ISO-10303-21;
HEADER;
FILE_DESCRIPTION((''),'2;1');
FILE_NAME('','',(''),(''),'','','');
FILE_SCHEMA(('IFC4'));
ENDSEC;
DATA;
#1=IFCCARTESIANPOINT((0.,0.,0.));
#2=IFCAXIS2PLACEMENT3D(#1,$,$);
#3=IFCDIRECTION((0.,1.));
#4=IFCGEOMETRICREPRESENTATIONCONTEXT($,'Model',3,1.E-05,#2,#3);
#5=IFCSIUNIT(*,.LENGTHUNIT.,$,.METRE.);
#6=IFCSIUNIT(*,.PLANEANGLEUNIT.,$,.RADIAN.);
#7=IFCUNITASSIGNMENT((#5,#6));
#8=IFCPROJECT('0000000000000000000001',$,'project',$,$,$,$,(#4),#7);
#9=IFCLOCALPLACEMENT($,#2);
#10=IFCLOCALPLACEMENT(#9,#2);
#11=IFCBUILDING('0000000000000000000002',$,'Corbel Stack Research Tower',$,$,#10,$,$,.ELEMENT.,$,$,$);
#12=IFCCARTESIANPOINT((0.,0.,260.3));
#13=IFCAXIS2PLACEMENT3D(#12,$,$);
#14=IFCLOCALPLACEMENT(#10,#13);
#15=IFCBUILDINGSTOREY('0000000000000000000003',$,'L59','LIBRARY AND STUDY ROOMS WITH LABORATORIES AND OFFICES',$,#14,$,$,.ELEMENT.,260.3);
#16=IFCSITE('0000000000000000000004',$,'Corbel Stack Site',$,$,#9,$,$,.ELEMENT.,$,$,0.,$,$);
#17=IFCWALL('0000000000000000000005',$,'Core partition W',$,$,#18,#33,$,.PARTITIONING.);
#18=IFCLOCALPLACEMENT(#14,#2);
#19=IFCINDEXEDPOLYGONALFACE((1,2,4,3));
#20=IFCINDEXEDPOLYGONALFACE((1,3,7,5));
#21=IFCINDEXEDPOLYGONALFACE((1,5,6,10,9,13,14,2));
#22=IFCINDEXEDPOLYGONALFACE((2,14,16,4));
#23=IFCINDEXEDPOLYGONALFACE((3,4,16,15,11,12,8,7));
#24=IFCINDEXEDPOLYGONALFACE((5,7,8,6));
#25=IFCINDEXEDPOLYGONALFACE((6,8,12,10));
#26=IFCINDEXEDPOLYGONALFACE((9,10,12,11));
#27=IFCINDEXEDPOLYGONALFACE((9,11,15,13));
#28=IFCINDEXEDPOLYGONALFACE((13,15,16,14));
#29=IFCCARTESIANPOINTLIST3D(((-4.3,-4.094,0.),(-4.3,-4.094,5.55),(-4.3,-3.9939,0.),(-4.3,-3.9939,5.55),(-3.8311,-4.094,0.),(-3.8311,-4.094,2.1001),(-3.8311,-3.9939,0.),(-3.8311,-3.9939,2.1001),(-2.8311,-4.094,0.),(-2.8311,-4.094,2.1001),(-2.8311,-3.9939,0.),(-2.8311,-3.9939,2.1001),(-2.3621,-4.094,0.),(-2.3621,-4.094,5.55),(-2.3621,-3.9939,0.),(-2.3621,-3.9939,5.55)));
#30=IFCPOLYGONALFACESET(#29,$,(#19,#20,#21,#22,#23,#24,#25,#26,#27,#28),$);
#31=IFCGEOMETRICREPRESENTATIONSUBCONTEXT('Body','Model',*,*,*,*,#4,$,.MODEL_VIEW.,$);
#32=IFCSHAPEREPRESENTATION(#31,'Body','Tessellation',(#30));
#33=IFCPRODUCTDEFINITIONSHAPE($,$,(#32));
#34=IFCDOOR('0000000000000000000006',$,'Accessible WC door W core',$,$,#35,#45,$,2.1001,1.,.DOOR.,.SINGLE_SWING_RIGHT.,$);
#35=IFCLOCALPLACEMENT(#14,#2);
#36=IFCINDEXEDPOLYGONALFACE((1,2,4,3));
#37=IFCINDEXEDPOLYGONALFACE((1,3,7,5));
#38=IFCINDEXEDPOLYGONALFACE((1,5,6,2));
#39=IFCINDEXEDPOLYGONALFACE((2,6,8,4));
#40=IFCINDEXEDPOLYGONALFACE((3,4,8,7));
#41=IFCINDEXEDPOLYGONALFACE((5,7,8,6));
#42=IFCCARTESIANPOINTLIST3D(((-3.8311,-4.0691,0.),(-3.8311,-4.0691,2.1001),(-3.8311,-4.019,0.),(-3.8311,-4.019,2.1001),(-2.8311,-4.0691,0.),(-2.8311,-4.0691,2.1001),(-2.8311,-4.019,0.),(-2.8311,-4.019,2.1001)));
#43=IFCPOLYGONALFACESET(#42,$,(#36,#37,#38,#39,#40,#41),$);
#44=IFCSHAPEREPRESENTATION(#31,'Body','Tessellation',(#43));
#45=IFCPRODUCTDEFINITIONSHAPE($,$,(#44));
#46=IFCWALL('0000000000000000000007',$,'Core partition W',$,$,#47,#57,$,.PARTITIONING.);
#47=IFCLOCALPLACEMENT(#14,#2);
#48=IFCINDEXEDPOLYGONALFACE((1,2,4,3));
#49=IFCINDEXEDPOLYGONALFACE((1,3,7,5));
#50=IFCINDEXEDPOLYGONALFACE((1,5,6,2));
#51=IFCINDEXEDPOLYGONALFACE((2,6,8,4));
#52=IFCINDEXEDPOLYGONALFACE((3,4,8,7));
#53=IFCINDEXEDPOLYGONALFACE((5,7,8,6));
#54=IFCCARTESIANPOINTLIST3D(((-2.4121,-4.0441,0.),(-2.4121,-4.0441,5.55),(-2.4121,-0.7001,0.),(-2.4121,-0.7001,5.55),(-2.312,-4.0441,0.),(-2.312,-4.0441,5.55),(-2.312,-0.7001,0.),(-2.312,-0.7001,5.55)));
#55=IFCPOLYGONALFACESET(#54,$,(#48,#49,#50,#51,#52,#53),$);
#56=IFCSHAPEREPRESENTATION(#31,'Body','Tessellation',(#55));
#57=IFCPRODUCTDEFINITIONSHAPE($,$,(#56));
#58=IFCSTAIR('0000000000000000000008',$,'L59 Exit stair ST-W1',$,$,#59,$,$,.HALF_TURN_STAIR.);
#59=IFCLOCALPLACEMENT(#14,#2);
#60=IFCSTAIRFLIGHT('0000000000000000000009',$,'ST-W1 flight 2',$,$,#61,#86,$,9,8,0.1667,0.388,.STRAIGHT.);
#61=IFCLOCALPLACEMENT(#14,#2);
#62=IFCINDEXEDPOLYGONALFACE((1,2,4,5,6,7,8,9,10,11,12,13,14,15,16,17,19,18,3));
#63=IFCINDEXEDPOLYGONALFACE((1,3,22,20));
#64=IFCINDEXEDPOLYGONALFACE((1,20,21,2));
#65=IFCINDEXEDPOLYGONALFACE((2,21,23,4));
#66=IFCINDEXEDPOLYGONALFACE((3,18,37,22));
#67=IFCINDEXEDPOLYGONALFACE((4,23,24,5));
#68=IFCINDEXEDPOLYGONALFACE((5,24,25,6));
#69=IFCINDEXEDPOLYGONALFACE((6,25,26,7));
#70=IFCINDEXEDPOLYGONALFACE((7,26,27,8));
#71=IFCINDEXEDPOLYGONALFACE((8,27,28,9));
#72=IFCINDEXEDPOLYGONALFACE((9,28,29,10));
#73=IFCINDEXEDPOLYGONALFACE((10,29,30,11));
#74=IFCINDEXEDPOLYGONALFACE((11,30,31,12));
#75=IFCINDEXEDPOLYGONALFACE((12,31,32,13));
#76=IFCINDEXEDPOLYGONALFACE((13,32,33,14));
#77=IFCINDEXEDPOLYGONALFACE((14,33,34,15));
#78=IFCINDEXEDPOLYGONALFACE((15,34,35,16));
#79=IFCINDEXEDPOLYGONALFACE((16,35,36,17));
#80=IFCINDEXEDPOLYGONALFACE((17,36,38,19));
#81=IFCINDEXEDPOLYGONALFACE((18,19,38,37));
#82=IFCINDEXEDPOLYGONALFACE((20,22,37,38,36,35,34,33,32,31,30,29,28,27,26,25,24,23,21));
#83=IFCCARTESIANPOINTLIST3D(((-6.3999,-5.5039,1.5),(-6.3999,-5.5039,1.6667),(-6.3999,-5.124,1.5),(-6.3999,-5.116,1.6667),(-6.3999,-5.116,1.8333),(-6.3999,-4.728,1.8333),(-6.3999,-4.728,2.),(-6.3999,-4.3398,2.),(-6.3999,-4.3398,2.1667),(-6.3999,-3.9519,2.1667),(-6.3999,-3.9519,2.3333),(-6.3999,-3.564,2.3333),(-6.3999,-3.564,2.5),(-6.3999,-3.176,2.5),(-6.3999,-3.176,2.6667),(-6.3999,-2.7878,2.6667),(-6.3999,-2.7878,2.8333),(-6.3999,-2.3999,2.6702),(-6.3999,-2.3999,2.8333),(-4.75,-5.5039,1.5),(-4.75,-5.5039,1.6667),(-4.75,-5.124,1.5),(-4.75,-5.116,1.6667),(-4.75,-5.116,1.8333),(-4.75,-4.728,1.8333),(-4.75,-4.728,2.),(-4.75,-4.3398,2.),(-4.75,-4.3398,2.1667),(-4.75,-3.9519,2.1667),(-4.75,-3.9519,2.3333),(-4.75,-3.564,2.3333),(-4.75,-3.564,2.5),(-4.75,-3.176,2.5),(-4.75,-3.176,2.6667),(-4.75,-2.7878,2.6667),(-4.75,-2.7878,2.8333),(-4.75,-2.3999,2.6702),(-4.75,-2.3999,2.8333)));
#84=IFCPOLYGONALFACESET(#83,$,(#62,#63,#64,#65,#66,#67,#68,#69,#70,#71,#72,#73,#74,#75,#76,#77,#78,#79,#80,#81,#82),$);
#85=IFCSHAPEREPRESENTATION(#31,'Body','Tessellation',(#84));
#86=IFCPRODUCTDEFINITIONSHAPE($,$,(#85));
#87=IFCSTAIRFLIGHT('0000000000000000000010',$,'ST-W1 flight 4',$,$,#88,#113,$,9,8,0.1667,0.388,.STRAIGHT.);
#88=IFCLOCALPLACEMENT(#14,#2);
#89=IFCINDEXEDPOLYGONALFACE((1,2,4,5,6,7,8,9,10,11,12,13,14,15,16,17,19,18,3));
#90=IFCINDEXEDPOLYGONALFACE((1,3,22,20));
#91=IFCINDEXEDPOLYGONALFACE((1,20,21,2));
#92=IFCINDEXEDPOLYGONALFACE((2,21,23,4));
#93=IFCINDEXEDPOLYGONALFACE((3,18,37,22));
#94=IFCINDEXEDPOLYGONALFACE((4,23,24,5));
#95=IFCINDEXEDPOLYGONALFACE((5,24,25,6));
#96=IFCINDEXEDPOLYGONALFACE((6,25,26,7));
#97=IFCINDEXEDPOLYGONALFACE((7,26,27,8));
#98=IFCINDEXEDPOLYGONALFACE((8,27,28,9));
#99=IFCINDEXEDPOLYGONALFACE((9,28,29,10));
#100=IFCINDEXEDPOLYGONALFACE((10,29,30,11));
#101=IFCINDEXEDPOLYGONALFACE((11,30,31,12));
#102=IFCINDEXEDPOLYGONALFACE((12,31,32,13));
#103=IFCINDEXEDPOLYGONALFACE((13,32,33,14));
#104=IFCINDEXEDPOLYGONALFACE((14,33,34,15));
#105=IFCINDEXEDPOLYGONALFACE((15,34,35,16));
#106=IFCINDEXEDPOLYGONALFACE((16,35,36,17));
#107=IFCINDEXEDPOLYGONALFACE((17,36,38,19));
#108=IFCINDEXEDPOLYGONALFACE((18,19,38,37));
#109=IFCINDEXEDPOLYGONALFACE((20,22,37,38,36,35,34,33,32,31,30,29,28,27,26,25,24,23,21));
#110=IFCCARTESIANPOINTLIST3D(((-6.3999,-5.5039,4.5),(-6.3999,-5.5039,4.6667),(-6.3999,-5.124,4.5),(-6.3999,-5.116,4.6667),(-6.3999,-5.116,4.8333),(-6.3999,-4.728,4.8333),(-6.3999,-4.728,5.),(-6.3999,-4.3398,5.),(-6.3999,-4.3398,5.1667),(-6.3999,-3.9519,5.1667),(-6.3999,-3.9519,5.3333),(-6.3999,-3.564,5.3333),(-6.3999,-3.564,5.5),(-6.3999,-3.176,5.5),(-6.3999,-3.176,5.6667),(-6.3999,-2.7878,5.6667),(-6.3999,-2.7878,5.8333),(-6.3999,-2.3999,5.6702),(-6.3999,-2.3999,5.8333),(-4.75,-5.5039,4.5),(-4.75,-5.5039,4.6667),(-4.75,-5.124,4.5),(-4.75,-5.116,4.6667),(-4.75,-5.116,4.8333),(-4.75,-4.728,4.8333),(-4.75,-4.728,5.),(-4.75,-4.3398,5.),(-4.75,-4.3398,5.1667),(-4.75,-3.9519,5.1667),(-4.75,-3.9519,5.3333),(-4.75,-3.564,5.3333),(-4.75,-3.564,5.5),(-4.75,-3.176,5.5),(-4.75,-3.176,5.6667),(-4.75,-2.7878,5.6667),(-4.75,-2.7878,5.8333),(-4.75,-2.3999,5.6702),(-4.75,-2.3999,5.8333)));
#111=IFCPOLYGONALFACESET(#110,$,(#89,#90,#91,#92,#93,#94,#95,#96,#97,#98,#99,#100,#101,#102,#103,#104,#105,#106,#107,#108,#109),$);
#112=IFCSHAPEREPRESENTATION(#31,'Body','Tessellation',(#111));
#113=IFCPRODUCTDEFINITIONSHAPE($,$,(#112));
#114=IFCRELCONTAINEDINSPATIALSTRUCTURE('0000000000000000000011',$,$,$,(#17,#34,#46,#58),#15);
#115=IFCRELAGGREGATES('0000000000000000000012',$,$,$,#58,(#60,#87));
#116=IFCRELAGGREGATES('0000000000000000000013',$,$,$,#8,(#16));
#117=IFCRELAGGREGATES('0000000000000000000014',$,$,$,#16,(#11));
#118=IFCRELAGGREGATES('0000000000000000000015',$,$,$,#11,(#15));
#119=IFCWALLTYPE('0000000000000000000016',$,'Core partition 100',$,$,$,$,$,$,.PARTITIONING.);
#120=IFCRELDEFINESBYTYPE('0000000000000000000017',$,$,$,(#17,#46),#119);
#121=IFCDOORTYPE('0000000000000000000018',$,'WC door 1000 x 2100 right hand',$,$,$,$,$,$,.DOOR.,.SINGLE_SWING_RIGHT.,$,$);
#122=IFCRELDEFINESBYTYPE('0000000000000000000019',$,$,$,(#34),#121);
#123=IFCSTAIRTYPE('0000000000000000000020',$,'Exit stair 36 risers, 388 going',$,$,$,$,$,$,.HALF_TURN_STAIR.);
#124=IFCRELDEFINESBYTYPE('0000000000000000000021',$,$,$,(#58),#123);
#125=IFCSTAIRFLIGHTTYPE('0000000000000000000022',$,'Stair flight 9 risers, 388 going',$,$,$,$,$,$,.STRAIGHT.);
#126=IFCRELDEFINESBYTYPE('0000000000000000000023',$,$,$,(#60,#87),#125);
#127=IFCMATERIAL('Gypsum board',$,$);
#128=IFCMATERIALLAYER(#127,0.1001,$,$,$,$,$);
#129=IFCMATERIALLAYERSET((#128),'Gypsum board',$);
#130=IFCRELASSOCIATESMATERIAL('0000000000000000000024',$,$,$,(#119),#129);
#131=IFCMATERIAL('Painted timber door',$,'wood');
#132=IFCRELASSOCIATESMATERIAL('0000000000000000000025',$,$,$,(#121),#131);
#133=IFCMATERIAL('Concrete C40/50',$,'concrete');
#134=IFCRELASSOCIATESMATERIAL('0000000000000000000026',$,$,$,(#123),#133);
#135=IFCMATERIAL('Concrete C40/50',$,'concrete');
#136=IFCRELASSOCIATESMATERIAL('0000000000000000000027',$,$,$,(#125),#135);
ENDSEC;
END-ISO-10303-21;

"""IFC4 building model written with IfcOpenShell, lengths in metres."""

from ifc_helpers import new_model, si_unit, direction, frame, frame_2d, origin, place, context, subcontext, project, spatial, polyline, rectangle, outline, extrude, material, layer, layer_set, type_object, element, fill, aggregate, save


model = new_model("IFC4")

# Units and contexts
model_context = context("Model", 3, precision=1e-05, world=origin(), true_north=direction((0.0, 1.0)))
body_context = subcontext(model_context, "Body", "Model", "MODEL_VIEW")
ifc_project = project(units=[si_unit("LENGTHUNIT", "METRE"), si_unit("PLANEANGLEUNIT", "RADIAN")], contexts=[model_context])

# Site, building, storey
site_placement = place(None, origin())
site = spatial("IfcSite", under=ifc_project, at=site_placement, Name="Corbel Stack Site", CompositionType="ELEMENT", RefElevation=0.0)
building_placement = place(site_placement, origin())
building = spatial("IfcBuilding", under=site, at=building_placement, Name="Corbel Stack Research Tower", CompositionType="ELEMENT")
storey_placement = place(building_placement, frame((0.0, 0.0, 260.3)))
storey = spatial("IfcBuildingStorey", under=building, at=storey_placement, Name="L59", Description="LIBRARY AND STUDY ROOMS WITH LABORATORIES AND OFFICES", CompositionType="ELEMENT", Elevation=260.3)

# Wall, opening, door
ifc_material_1 = material(Name="Gypsum board")
ifc_layer_1 = layer(ifc_material_1, 0.1001)
ifc_layer_set_1 = layer_set([ifc_layer_1], Name="Gypsum board")
wall_type_1 = type_object("IfcWallType", Name="Core partition 100", PredefinedType="PARTITIONING", material=ifc_layer_set_1)
ifc_material_2 = material(Name="Painted timber door", Category="wood")
door_type_1 = type_object("IfcDoorType", Name="WC door 1000 x 2100 right hand", OperationType="SINGLE_SWING_RIGHT", PredefinedType="DOOR", material=ifc_material_2)
wall_1_placement = place(storey_placement, frame((-4.3, -4.0439, 0.0), z_axis=(0.0, 0.0, 1.0), x_axis=(1.0, 0.0, 0.0)))
wall_1 = element("IfcWall", 1, at=wall_1_placement, inside=storey, type_object=wall_type_1, Name="Core partition W", PredefinedType="PARTITIONING", context=body_context, shape_type="SweptSolid", body=[
    extrude(rectangle(XDim=1.938, YDim=0.1001, at=frame_2d((0.969, 0.0))), origin(), (0.0, 0.0, 1.0), 5.55),
])
opening_1_placement = place(wall_1_placement, frame((0.469, 0.0, 0.0)))
opening_1 = element("IfcOpeningElement", 2, at=opening_1_placement, cuts=wall_1, PredefinedType="OPENING", context=body_context, shape_type="SweptSolid", body=[
    extrude(rectangle(XDim=1.0, YDim=2.1001, at=frame_2d((0.5, 1.05))), frame((0.0, 0.0601, 0.0), z_axis=(0.0, -1.0, 0.0), x_axis=(1.0, 0.0, 0.0)), (0.0, 0.0, 1.0), 0.1201),
])
door_1_placement = place(opening_1_placement, origin())
door_1 = element("IfcDoor", 3, at=door_1_placement, inside=storey, type_object=door_type_1, Name="Accessible WC door W core", OperationType="SINGLE_SWING_RIGHT", OverallHeight=2.1001, OverallWidth=1.0, PredefinedType="DOOR", context=body_context, shape_type="SweptSolid", body=[
    extrude(rectangle(XDim=1.0, YDim=2.1001, at=frame_2d((0.5, 1.05))), frame((0.0, 0.0249, 0.0), z_axis=(0.0, -1.0, 0.0), x_axis=(1.0, 0.0, 0.0)), (0.0, 0.0, 1.0), 0.05),
])
fill(opening_1, door_1)

# Wall
wall_2_placement = place(storey_placement, frame((-2.3621, -4.0439, 0.0), z_axis=(0.0, 0.0, 1.0), x_axis=(0.0, 1.0, 0.0)))
element("IfcWall", 4, at=wall_2_placement, inside=storey, type_object=wall_type_1, Name="Core partition W", PredefinedType="PARTITIONING", context=body_context, shape_type="SweptSolid", body=[
    extrude(rectangle(XDim=3.344, YDim=0.1001, at=frame_2d((1.6719, 0.0))), origin(), (0.0, 0.0, 1.0), 5.55),
])

# Stair, stair flights
ifc_material_3 = material(Name="Concrete C40/50", Category="concrete")
stair_type = type_object("IfcStairType", Name="Exit stair 36 risers, 388 going", PredefinedType="HALF_TURN_STAIR", material=ifc_material_3)
stair_placement = place(storey_placement, origin())
stair = element("IfcStair", 5, at=stair_placement, inside=storey, type_object=stair_type, Name="L59 Exit stair ST-W1", PredefinedType="HALF_TURN_STAIR")
ifc_material_4 = material(Name="Concrete C40/50", Category="concrete")
stair_flight_type = type_object("IfcStairFlightType", Name="Stair flight 9 risers, 388 going", PredefinedType="STRAIGHT", material=ifc_material_4)
stair_flight_1_placement = place(storey_placement, frame((-5.575, -5.5039, 1.5), z_axis=(0.0, 0.0, 1.0), x_axis=(0.0, 1.0, 0.0)))
stair_flight_1 = element("IfcStairFlight", 6, at=stair_flight_1_placement, type_object=stair_flight_type, Name="ST-W1 flight 2", NumberOfRisers=9, NumberOfTreads=8, PredefinedType="STRAIGHT", RiserHeight=0.1667, TreadLength=0.388, context=body_context, shape_type="SweptSolid", body=[
    extrude(outline(polyline([(0.0, 0.0), (0.0, 0.1667), (0.3879, 0.1667), (0.3879, 0.3333), (0.7759, 0.3333), (0.7759, 0.5), (1.1641, 0.5), (1.1641, 0.6667), (1.552, 0.6667), (1.552, 0.8333), (1.9399, 0.8333), (1.9399, 1.0), (2.3279, 1.0), (2.3279, 1.1667), (2.7161, 1.1667), (2.7161, 1.3333), (3.104, 1.3333), (3.104, 1.5), (3.104, 1.1702), (0.3799, 0.0), (0.0, 0.0)])), frame((0.0, 0.825, 0.0), z_axis=(0.0, -1.0, 0.0), x_axis=(1.0, 0.0, 0.0)), (0.0, 0.0, 1.0), 1.6499),
])
stair_flight_2_placement = place(storey_placement, frame((-5.575, -5.5039, 4.5), z_axis=(0.0, 0.0, 1.0), x_axis=(0.0, 1.0, 0.0)))
stair_flight_2 = element("IfcStairFlight", 7, at=stair_flight_2_placement, type_object=stair_flight_type, Name="ST-W1 flight 4", NumberOfRisers=9, NumberOfTreads=8, PredefinedType="STRAIGHT", RiserHeight=0.1667, TreadLength=0.388, context=body_context, shape_type="SweptSolid", body=[
    extrude(outline(polyline([(0.0, 0.0), (0.0, 0.1667), (0.3879, 0.1667), (0.3879, 0.3333), (0.7759, 0.3333), (0.7759, 0.5), (1.1641, 0.5), (1.1641, 0.6667), (1.552, 0.6667), (1.552, 0.8333), (1.9399, 0.8333), (1.9399, 1.0), (2.3279, 1.0), (2.3279, 1.1667), (2.7161, 1.1667), (2.7161, 1.3333), (3.104, 1.3333), (3.104, 1.5), (3.104, 1.1702), (0.3799, 0.0), (0.0, 0.0)])), frame((0.0, 0.825, 0.0), z_axis=(0.0, -1.0, 0.0), x_axis=(1.0, 0.0, 0.0)), (0.0, 0.0, 1.0), 1.6499),
])
aggregate(stair, [stair_flight_1, stair_flight_2])

save(model, "model.ifc")
